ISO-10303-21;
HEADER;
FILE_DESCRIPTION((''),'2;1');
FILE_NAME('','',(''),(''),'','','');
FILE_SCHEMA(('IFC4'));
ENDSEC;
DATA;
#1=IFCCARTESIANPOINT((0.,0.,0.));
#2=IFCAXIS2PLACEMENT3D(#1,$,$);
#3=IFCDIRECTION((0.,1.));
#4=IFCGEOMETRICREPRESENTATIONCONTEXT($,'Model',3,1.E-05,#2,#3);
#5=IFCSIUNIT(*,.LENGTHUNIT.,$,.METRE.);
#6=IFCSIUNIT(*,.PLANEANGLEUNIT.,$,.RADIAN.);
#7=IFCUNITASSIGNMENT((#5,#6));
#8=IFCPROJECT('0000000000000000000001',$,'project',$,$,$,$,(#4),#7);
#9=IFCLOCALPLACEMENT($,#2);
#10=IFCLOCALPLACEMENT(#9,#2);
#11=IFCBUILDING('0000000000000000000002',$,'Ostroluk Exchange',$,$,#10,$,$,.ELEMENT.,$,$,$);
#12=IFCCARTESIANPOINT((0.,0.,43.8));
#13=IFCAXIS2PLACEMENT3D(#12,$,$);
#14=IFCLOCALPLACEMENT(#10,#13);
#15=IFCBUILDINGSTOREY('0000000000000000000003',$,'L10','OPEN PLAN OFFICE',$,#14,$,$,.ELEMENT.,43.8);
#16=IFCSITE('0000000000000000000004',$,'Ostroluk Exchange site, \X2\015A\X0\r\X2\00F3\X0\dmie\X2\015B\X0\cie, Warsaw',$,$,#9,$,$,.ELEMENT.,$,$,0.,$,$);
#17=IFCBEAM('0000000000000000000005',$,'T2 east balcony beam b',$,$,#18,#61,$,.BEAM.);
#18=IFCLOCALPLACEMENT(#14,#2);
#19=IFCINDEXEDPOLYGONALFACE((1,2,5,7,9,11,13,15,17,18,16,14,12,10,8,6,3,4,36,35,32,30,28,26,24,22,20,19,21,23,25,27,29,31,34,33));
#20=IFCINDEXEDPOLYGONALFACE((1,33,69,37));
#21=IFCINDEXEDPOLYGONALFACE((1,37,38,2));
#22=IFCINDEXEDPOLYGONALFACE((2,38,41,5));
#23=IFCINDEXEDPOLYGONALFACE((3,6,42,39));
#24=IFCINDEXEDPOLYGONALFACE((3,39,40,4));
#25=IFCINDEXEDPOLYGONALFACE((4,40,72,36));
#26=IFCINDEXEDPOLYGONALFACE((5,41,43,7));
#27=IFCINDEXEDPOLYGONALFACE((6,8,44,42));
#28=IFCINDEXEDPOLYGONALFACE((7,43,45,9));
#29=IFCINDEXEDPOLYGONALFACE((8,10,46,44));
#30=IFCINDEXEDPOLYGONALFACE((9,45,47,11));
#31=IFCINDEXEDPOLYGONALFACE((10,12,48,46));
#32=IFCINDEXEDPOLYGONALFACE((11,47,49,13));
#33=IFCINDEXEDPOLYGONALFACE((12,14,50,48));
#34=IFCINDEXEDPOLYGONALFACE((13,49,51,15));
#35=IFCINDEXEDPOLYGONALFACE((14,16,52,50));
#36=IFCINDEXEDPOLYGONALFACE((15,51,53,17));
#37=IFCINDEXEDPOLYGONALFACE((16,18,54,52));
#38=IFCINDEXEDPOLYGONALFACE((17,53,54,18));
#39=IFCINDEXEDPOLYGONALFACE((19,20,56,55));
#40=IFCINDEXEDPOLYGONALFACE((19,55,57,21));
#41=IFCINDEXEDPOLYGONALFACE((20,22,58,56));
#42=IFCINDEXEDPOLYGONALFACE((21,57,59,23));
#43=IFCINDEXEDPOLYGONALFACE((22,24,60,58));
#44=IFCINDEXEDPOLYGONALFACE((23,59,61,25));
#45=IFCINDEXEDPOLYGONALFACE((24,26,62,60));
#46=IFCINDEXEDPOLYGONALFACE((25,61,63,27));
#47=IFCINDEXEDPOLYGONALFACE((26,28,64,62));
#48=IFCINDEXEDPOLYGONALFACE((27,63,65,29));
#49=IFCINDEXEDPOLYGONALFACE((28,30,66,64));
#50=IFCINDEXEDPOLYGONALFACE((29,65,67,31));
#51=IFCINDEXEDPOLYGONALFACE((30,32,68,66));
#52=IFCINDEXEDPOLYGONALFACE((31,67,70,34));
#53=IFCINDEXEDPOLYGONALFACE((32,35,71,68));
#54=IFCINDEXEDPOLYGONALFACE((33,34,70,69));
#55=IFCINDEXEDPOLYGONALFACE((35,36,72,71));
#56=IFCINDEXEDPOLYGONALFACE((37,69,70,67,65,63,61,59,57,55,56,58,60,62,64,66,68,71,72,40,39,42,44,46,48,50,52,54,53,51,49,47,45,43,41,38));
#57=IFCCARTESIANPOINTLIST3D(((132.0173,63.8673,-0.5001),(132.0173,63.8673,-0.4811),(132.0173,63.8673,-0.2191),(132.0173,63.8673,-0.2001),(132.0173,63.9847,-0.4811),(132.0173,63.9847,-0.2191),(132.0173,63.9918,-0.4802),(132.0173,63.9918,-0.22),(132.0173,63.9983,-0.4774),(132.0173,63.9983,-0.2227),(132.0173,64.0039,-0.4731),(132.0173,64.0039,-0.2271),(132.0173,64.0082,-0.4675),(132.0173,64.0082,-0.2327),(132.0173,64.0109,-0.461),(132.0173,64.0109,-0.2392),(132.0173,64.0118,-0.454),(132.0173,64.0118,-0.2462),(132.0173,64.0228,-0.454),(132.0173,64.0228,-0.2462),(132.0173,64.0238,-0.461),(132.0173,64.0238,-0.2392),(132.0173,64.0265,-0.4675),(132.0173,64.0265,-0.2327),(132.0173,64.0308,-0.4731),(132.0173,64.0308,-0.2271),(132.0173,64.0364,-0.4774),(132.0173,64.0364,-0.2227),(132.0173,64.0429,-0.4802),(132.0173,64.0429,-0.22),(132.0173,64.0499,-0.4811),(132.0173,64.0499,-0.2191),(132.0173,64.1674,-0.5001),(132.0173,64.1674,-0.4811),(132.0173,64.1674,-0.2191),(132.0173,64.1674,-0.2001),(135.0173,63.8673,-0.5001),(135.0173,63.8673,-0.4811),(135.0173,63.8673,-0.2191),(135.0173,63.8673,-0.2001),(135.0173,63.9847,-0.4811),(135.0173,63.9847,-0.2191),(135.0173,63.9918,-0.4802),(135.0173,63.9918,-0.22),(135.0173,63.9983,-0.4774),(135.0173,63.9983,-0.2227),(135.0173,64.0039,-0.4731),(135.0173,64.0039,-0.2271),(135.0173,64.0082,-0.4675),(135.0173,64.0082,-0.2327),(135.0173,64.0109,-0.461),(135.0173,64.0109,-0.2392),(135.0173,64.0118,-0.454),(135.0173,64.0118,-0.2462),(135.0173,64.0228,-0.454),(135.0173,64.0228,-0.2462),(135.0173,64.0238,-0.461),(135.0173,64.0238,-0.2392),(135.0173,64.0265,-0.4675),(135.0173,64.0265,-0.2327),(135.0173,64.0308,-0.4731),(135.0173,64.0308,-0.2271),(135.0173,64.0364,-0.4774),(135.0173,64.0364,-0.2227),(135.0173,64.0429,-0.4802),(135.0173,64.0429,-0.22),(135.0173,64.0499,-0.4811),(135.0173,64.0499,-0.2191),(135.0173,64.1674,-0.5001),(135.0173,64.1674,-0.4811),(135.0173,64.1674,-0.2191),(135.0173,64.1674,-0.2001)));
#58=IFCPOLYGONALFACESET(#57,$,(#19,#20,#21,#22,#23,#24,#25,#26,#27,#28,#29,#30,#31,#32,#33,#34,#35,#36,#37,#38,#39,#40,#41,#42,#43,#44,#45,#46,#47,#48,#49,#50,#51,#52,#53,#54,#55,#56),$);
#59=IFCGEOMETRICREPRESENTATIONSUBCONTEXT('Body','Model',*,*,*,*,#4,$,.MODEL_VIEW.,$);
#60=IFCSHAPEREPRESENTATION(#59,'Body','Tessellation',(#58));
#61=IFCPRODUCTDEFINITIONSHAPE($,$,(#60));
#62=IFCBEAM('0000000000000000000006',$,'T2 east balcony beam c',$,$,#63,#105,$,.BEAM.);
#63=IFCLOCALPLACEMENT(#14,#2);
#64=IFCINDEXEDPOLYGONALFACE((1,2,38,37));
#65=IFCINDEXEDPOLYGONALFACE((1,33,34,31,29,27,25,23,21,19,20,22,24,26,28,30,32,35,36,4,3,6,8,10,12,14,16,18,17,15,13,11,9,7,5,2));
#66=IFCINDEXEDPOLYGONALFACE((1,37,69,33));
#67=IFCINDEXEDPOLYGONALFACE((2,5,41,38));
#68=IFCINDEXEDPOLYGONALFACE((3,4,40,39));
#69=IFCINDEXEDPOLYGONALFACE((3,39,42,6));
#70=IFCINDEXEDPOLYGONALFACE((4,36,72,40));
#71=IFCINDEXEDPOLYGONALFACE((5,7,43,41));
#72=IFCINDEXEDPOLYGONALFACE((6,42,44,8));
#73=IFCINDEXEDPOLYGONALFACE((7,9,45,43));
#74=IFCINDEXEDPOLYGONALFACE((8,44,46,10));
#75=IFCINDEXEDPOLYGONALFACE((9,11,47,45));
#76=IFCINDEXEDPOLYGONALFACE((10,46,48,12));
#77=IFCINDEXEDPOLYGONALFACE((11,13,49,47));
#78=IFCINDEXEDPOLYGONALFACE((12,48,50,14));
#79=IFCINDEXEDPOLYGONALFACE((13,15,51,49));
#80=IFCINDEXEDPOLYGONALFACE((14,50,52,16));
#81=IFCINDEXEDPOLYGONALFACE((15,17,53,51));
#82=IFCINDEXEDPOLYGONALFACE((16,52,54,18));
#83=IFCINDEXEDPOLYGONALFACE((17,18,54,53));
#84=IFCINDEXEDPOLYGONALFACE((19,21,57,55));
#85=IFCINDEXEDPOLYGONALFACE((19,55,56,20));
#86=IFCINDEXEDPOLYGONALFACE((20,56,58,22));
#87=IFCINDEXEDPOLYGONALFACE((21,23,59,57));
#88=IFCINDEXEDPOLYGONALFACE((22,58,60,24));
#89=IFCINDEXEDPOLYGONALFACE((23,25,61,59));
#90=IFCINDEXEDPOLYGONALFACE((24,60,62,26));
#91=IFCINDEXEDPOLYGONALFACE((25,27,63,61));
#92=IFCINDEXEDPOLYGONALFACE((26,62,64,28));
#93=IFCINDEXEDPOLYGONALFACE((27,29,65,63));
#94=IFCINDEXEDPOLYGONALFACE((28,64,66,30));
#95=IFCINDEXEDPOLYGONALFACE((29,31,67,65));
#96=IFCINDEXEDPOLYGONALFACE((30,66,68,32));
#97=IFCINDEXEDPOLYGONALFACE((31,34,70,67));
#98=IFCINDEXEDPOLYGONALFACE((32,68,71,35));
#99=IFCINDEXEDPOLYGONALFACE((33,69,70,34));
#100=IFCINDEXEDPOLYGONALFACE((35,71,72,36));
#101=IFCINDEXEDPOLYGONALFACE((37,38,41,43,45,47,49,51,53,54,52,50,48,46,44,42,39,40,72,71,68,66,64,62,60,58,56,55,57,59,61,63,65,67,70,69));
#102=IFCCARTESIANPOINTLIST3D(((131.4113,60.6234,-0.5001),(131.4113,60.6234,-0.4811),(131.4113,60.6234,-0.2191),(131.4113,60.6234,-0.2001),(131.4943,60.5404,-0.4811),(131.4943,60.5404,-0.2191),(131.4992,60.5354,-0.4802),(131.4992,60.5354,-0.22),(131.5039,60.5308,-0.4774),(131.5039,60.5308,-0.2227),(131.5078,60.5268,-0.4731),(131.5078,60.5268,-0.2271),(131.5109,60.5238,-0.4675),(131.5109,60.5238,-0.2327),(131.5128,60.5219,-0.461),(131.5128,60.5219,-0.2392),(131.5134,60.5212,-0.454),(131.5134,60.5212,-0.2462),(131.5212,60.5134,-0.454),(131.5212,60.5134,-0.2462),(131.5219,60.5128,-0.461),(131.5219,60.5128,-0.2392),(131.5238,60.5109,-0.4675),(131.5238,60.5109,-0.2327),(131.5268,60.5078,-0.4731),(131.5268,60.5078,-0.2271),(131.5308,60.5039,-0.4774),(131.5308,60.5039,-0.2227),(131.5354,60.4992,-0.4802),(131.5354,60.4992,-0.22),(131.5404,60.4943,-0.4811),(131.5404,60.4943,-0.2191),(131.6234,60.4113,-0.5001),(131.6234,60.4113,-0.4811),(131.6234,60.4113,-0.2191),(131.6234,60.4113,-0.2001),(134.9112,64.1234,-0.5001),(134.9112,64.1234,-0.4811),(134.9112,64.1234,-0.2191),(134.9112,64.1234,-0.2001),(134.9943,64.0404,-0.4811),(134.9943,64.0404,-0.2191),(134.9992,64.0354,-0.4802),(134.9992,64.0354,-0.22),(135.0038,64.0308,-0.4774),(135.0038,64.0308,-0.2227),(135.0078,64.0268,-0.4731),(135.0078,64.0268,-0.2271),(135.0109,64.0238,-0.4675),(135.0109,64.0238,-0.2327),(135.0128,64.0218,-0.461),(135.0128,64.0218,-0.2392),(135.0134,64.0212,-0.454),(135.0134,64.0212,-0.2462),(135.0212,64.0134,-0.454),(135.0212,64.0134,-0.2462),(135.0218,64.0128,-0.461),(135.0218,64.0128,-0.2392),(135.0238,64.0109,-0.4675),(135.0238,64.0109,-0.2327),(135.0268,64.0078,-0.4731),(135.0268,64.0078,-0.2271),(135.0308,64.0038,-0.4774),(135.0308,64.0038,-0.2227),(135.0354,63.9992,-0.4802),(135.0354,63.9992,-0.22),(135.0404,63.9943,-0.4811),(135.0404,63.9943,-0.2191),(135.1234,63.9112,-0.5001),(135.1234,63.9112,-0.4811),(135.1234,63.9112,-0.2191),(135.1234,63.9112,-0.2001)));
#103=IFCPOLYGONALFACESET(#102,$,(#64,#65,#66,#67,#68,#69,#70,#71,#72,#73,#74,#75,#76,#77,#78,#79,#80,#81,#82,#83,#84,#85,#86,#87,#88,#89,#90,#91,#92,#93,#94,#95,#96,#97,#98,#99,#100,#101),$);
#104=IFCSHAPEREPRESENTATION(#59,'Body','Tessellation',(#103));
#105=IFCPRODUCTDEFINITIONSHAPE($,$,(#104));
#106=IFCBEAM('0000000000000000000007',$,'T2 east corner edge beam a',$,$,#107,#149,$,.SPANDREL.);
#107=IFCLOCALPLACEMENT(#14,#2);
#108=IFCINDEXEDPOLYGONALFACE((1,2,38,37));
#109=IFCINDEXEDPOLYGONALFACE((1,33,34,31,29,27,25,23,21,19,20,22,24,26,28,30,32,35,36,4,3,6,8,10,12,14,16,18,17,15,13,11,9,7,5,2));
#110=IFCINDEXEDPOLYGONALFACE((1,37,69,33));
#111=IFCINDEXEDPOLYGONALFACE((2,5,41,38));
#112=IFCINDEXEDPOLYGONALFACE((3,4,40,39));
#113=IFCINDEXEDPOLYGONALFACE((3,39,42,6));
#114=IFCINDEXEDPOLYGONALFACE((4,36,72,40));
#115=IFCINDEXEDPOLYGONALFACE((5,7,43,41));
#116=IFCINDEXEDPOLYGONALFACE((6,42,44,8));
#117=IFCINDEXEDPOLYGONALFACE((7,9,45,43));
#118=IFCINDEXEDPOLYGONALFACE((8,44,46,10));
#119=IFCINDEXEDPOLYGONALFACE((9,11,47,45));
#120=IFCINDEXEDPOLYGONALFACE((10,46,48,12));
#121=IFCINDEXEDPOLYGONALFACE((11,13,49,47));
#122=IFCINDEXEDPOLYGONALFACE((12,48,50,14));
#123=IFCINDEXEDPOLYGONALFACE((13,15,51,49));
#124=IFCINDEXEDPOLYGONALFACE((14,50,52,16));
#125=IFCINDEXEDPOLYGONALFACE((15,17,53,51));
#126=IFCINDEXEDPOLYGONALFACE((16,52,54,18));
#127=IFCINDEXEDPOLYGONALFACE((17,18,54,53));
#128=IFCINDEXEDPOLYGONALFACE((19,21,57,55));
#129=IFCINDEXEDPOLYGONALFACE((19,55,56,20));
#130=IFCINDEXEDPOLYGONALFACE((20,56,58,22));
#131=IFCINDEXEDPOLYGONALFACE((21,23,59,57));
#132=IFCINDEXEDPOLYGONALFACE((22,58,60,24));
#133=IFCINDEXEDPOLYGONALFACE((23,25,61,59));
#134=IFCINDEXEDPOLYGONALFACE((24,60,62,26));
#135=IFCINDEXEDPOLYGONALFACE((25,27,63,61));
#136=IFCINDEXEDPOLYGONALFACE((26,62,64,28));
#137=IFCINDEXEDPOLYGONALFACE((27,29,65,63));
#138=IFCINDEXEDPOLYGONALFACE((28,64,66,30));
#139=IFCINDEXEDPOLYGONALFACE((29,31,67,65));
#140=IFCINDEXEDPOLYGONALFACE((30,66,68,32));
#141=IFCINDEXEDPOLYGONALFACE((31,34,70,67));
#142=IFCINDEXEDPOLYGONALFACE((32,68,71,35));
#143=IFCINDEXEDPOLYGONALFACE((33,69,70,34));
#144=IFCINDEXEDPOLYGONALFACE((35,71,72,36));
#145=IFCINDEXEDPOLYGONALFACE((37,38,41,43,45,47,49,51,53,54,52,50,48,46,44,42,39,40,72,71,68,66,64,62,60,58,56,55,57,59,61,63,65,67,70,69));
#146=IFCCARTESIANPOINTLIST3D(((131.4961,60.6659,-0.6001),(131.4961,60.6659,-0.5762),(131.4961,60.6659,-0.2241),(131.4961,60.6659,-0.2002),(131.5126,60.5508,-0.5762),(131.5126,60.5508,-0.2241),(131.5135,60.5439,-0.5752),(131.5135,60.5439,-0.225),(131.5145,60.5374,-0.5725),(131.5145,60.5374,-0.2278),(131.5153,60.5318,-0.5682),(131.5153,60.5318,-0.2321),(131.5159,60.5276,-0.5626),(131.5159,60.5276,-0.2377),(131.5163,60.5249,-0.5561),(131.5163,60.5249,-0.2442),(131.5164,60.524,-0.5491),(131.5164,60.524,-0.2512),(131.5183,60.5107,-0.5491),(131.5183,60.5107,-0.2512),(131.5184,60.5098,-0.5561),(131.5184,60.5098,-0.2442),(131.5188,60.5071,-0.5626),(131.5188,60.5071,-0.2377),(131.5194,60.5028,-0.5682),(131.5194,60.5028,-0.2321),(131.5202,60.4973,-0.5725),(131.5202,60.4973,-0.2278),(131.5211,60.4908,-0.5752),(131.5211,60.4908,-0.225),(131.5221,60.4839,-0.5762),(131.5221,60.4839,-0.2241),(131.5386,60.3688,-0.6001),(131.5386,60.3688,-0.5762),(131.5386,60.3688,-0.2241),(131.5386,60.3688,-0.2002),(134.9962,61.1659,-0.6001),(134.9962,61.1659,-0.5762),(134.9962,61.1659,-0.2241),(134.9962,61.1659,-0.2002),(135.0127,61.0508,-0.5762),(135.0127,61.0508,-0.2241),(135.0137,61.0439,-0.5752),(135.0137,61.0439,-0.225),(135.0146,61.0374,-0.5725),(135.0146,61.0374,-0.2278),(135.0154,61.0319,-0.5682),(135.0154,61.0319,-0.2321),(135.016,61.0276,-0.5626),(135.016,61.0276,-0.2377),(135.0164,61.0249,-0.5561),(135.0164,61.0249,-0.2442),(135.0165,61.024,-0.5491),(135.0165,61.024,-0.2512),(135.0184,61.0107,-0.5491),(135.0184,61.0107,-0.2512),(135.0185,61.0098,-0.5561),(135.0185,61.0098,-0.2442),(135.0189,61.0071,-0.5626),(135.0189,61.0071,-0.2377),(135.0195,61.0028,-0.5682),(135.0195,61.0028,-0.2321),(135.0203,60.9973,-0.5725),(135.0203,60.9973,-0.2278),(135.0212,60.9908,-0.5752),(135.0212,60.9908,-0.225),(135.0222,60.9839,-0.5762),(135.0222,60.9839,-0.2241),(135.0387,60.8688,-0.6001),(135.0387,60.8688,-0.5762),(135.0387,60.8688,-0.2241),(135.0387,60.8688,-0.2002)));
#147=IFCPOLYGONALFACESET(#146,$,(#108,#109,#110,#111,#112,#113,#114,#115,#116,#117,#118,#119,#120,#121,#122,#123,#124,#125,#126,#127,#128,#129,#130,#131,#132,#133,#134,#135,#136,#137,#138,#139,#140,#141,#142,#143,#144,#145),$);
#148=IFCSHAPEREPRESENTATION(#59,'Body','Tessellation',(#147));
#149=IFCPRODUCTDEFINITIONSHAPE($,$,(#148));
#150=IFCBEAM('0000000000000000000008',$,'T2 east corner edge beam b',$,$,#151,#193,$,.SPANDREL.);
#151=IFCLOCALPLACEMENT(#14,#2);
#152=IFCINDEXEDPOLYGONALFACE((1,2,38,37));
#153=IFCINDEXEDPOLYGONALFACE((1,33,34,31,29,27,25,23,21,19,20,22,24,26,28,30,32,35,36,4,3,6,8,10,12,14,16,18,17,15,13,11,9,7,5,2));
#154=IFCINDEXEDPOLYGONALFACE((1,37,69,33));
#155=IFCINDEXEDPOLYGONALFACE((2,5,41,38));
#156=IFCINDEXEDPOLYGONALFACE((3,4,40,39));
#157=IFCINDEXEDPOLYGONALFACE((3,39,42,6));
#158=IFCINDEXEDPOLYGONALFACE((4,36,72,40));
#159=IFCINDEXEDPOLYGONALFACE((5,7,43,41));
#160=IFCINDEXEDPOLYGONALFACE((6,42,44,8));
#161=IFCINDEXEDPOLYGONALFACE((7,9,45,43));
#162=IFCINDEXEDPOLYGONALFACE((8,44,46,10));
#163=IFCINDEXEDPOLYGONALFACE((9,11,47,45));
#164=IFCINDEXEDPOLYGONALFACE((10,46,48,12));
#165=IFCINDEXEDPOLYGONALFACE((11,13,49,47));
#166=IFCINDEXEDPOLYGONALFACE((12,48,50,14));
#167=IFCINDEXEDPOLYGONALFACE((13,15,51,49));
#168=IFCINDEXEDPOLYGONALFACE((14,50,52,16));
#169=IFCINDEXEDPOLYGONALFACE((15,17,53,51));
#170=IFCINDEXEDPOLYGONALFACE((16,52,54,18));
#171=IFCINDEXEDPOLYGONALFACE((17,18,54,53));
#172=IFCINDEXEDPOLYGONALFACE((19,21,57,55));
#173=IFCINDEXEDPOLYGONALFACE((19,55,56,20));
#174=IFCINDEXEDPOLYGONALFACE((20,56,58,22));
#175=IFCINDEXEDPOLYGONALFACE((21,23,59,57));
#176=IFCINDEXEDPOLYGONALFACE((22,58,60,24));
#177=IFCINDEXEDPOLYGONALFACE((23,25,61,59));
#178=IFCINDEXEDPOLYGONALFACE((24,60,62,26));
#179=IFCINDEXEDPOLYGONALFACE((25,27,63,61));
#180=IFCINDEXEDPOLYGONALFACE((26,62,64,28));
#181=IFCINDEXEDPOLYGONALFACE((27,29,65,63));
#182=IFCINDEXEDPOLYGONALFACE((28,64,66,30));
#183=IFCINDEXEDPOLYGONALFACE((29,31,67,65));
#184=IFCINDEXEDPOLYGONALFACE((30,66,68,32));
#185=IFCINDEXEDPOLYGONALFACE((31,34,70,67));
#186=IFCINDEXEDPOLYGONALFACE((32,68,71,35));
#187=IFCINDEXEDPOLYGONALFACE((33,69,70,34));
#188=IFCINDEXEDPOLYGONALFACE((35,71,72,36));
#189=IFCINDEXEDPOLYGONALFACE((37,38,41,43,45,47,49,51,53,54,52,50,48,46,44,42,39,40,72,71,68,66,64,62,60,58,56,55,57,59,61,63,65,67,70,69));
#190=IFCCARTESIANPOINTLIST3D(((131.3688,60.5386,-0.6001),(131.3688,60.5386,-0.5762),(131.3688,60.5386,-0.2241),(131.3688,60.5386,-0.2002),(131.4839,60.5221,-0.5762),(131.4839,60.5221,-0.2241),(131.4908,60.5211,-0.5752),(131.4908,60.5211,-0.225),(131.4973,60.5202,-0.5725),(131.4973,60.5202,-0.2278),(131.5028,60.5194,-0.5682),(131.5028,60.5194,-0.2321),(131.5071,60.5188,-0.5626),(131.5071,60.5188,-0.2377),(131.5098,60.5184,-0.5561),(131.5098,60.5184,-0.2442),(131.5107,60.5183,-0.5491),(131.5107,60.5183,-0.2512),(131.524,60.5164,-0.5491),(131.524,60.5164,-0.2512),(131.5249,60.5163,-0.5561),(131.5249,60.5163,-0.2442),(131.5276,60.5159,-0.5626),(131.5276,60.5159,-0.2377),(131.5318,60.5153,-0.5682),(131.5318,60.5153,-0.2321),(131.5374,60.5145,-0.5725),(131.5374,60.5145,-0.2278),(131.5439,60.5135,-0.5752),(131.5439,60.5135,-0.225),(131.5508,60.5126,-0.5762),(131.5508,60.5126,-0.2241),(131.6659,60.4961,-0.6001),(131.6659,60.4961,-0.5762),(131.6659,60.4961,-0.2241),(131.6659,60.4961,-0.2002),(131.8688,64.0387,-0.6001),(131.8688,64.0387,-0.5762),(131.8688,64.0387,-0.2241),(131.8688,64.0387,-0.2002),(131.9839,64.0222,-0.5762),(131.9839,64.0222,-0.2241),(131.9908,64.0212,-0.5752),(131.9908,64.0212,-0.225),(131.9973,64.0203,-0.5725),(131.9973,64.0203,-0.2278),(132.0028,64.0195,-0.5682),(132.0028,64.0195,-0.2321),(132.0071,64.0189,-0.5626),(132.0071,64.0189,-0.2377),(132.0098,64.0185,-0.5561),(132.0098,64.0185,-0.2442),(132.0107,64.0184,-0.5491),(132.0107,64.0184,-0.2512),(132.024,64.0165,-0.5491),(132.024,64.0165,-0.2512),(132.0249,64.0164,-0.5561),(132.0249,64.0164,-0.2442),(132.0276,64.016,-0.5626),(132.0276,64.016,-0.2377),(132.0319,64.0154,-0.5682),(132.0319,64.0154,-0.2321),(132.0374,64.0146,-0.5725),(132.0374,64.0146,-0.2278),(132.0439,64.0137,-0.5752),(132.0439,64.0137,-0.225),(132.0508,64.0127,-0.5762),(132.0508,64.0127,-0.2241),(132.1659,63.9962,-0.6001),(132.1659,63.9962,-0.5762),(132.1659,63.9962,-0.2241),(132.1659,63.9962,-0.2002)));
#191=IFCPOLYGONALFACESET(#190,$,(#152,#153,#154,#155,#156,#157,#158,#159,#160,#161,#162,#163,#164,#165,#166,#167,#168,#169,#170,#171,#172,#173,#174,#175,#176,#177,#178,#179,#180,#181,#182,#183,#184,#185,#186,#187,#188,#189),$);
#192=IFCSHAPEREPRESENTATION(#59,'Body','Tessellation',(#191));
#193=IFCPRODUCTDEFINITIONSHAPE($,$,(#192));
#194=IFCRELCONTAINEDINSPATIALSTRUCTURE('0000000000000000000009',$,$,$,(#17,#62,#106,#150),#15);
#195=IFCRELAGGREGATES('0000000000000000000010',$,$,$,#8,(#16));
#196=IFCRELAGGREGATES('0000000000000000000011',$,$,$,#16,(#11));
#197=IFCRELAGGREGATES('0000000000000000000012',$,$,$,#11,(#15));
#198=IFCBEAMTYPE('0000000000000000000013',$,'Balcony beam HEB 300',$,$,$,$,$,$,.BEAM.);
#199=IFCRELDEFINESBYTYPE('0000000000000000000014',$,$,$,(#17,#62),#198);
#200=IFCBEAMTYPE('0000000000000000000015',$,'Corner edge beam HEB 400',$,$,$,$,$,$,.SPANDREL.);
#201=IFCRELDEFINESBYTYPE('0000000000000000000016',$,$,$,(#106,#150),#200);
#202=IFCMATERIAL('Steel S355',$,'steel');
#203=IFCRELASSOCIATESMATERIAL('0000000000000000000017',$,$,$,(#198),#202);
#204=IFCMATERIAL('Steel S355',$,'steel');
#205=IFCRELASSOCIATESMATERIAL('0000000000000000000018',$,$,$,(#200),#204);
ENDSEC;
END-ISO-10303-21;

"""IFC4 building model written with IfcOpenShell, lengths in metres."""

from ifc_helpers import new_model, si_unit, direction, frame, origin, origin_2d, place, context, subcontext, project, spatial, i_section, extrude, material, material_profile, profile_set, type_object, element, save


model = new_model("IFC4")

# Units and contexts
model_context = context("Model", 3, precision=1e-05, world=origin(), true_north=direction((0.0, 1.0)))
body_context = subcontext(model_context, "Body", "Model", "MODEL_VIEW")
ifc_project = project(units=[si_unit("LENGTHUNIT", "METRE"), si_unit("PLANEANGLEUNIT", "RADIAN")], contexts=[model_context])

# Site, building, storey
site_placement = place(None, origin())
site = spatial("IfcSite", under=ifc_project, at=site_placement, Name="Ostroluk Exchange site, Śródmieście, Warsaw", CompositionType="ELEMENT", RefElevation=0.0)
building_placement = place(site_placement, origin())
building = spatial("IfcBuilding", under=site, at=building_placement, Name="Ostroluk Exchange", CompositionType="ELEMENT")
storey_placement = place(building_placement, frame((0.0, 0.0, 43.8)))
storey = spatial("IfcBuildingStorey", under=building, at=storey_placement, Name="L10", Description="OPEN PLAN OFFICE", CompositionType="ELEMENT", Elevation=43.8)

# Beams
ifc_material_1 = material(Name="Steel S355", Category="steel")
ifc_material_profile_1 = material_profile(ifc_material_1, i_section(OverallWidth=0.3, OverallDepth=0.3, WebThickness=0.011, FlangeThickness=0.019, FilletRadius=0.0271, at=origin_2d()), Name="HEB 300")
ifc_profile_set_1 = profile_set([ifc_material_profile_1], Name="Steel S355")
beam_type_1 = type_object("IfcBeamType", Name="Balcony beam HEB 300", PredefinedType="BEAM", material=ifc_profile_set_1)
for number, where, z_axis, x_axis, name in (
    (1, (132.0173, 64.0173, -0.3501), (1.0, 0.0, 0.0), (0.0, 1.0, 0.0), "T2 east balcony beam b"),
):
    element("IfcBeam", number, at=place(storey_placement, frame(where, z_axis=z_axis, x_axis=x_axis)), inside=storey, type_object=beam_type_1, Name=name, PredefinedType="BEAM", context=body_context, shape_type="SweptSolid", body=[
        extrude(i_section(OverallWidth=0.3, OverallDepth=0.3, WebThickness=0.011, FlangeThickness=0.019, FilletRadius=0.0271, at=origin_2d()), origin(), (0.0, 0.0, 1.0), 3.0),
    ])
beam_1_placement = place(storey_placement, frame((131.5173, 60.5173, -0.3501), z_axis=(0.707107, 0.707107, 0.0), x_axis=(-0.707107, 0.707107, 0.0)))
element("IfcBeam", 2, at=beam_1_placement, inside=storey, type_object=beam_type_1, Name="T2 east balcony beam c", PredefinedType="BEAM", context=body_context, shape_type="SweptSolid", body=[
    extrude(i_section(OverallWidth=0.3, OverallDepth=0.3, WebThickness=0.011, FlangeThickness=0.019, FilletRadius=0.0271, at=origin_2d()), origin(), (0.0, 0.0, 1.0), 4.9497),
])
ifc_material_2 = material(Name="Steel S355", Category="steel")
ifc_material_profile_2 = material_profile(ifc_material_2, i_section(OverallWidth=0.3, OverallDepth=0.3999, WebThickness=0.0134, FlangeThickness=0.0239, FilletRadius=0.0271, at=origin_2d()), Name="HEB 400")
ifc_profile_set_2 = profile_set([ifc_material_profile_2], Name="Steel S355")
beam_type_2 = type_object("IfcBeamType", Name="Corner edge beam HEB 400", PredefinedType="SPANDREL", material=ifc_profile_set_2)
for number, where, z_axis, x_axis, name in (
    (3, (131.5173, 60.5173, -0.4001), (0.989949, 0.141421, 0.0), (-0.141421, 0.989949, 0.0), "T2 east corner edge beam a"),
    (4, (131.5173, 60.5173, -0.4001), (0.141421, 0.989949, 0.0), (-0.989949, 0.141421, 0.0), "T2 east corner edge beam b"),
):
    element("IfcBeam", number, at=place(storey_placement, frame(where, z_axis=z_axis, x_axis=x_axis)), inside=storey, type_object=beam_type_2, Name=name, PredefinedType="SPANDREL", context=body_context, shape_type="SweptSolid", body=[
        extrude(i_section(OverallWidth=0.3, OverallDepth=0.3999, WebThickness=0.0134, FlangeThickness=0.0239, FilletRadius=0.0271, at=origin_2d()), origin(), (0.0, 0.0, 1.0), 3.5356),
    ])

save(model, "model.ifc")
